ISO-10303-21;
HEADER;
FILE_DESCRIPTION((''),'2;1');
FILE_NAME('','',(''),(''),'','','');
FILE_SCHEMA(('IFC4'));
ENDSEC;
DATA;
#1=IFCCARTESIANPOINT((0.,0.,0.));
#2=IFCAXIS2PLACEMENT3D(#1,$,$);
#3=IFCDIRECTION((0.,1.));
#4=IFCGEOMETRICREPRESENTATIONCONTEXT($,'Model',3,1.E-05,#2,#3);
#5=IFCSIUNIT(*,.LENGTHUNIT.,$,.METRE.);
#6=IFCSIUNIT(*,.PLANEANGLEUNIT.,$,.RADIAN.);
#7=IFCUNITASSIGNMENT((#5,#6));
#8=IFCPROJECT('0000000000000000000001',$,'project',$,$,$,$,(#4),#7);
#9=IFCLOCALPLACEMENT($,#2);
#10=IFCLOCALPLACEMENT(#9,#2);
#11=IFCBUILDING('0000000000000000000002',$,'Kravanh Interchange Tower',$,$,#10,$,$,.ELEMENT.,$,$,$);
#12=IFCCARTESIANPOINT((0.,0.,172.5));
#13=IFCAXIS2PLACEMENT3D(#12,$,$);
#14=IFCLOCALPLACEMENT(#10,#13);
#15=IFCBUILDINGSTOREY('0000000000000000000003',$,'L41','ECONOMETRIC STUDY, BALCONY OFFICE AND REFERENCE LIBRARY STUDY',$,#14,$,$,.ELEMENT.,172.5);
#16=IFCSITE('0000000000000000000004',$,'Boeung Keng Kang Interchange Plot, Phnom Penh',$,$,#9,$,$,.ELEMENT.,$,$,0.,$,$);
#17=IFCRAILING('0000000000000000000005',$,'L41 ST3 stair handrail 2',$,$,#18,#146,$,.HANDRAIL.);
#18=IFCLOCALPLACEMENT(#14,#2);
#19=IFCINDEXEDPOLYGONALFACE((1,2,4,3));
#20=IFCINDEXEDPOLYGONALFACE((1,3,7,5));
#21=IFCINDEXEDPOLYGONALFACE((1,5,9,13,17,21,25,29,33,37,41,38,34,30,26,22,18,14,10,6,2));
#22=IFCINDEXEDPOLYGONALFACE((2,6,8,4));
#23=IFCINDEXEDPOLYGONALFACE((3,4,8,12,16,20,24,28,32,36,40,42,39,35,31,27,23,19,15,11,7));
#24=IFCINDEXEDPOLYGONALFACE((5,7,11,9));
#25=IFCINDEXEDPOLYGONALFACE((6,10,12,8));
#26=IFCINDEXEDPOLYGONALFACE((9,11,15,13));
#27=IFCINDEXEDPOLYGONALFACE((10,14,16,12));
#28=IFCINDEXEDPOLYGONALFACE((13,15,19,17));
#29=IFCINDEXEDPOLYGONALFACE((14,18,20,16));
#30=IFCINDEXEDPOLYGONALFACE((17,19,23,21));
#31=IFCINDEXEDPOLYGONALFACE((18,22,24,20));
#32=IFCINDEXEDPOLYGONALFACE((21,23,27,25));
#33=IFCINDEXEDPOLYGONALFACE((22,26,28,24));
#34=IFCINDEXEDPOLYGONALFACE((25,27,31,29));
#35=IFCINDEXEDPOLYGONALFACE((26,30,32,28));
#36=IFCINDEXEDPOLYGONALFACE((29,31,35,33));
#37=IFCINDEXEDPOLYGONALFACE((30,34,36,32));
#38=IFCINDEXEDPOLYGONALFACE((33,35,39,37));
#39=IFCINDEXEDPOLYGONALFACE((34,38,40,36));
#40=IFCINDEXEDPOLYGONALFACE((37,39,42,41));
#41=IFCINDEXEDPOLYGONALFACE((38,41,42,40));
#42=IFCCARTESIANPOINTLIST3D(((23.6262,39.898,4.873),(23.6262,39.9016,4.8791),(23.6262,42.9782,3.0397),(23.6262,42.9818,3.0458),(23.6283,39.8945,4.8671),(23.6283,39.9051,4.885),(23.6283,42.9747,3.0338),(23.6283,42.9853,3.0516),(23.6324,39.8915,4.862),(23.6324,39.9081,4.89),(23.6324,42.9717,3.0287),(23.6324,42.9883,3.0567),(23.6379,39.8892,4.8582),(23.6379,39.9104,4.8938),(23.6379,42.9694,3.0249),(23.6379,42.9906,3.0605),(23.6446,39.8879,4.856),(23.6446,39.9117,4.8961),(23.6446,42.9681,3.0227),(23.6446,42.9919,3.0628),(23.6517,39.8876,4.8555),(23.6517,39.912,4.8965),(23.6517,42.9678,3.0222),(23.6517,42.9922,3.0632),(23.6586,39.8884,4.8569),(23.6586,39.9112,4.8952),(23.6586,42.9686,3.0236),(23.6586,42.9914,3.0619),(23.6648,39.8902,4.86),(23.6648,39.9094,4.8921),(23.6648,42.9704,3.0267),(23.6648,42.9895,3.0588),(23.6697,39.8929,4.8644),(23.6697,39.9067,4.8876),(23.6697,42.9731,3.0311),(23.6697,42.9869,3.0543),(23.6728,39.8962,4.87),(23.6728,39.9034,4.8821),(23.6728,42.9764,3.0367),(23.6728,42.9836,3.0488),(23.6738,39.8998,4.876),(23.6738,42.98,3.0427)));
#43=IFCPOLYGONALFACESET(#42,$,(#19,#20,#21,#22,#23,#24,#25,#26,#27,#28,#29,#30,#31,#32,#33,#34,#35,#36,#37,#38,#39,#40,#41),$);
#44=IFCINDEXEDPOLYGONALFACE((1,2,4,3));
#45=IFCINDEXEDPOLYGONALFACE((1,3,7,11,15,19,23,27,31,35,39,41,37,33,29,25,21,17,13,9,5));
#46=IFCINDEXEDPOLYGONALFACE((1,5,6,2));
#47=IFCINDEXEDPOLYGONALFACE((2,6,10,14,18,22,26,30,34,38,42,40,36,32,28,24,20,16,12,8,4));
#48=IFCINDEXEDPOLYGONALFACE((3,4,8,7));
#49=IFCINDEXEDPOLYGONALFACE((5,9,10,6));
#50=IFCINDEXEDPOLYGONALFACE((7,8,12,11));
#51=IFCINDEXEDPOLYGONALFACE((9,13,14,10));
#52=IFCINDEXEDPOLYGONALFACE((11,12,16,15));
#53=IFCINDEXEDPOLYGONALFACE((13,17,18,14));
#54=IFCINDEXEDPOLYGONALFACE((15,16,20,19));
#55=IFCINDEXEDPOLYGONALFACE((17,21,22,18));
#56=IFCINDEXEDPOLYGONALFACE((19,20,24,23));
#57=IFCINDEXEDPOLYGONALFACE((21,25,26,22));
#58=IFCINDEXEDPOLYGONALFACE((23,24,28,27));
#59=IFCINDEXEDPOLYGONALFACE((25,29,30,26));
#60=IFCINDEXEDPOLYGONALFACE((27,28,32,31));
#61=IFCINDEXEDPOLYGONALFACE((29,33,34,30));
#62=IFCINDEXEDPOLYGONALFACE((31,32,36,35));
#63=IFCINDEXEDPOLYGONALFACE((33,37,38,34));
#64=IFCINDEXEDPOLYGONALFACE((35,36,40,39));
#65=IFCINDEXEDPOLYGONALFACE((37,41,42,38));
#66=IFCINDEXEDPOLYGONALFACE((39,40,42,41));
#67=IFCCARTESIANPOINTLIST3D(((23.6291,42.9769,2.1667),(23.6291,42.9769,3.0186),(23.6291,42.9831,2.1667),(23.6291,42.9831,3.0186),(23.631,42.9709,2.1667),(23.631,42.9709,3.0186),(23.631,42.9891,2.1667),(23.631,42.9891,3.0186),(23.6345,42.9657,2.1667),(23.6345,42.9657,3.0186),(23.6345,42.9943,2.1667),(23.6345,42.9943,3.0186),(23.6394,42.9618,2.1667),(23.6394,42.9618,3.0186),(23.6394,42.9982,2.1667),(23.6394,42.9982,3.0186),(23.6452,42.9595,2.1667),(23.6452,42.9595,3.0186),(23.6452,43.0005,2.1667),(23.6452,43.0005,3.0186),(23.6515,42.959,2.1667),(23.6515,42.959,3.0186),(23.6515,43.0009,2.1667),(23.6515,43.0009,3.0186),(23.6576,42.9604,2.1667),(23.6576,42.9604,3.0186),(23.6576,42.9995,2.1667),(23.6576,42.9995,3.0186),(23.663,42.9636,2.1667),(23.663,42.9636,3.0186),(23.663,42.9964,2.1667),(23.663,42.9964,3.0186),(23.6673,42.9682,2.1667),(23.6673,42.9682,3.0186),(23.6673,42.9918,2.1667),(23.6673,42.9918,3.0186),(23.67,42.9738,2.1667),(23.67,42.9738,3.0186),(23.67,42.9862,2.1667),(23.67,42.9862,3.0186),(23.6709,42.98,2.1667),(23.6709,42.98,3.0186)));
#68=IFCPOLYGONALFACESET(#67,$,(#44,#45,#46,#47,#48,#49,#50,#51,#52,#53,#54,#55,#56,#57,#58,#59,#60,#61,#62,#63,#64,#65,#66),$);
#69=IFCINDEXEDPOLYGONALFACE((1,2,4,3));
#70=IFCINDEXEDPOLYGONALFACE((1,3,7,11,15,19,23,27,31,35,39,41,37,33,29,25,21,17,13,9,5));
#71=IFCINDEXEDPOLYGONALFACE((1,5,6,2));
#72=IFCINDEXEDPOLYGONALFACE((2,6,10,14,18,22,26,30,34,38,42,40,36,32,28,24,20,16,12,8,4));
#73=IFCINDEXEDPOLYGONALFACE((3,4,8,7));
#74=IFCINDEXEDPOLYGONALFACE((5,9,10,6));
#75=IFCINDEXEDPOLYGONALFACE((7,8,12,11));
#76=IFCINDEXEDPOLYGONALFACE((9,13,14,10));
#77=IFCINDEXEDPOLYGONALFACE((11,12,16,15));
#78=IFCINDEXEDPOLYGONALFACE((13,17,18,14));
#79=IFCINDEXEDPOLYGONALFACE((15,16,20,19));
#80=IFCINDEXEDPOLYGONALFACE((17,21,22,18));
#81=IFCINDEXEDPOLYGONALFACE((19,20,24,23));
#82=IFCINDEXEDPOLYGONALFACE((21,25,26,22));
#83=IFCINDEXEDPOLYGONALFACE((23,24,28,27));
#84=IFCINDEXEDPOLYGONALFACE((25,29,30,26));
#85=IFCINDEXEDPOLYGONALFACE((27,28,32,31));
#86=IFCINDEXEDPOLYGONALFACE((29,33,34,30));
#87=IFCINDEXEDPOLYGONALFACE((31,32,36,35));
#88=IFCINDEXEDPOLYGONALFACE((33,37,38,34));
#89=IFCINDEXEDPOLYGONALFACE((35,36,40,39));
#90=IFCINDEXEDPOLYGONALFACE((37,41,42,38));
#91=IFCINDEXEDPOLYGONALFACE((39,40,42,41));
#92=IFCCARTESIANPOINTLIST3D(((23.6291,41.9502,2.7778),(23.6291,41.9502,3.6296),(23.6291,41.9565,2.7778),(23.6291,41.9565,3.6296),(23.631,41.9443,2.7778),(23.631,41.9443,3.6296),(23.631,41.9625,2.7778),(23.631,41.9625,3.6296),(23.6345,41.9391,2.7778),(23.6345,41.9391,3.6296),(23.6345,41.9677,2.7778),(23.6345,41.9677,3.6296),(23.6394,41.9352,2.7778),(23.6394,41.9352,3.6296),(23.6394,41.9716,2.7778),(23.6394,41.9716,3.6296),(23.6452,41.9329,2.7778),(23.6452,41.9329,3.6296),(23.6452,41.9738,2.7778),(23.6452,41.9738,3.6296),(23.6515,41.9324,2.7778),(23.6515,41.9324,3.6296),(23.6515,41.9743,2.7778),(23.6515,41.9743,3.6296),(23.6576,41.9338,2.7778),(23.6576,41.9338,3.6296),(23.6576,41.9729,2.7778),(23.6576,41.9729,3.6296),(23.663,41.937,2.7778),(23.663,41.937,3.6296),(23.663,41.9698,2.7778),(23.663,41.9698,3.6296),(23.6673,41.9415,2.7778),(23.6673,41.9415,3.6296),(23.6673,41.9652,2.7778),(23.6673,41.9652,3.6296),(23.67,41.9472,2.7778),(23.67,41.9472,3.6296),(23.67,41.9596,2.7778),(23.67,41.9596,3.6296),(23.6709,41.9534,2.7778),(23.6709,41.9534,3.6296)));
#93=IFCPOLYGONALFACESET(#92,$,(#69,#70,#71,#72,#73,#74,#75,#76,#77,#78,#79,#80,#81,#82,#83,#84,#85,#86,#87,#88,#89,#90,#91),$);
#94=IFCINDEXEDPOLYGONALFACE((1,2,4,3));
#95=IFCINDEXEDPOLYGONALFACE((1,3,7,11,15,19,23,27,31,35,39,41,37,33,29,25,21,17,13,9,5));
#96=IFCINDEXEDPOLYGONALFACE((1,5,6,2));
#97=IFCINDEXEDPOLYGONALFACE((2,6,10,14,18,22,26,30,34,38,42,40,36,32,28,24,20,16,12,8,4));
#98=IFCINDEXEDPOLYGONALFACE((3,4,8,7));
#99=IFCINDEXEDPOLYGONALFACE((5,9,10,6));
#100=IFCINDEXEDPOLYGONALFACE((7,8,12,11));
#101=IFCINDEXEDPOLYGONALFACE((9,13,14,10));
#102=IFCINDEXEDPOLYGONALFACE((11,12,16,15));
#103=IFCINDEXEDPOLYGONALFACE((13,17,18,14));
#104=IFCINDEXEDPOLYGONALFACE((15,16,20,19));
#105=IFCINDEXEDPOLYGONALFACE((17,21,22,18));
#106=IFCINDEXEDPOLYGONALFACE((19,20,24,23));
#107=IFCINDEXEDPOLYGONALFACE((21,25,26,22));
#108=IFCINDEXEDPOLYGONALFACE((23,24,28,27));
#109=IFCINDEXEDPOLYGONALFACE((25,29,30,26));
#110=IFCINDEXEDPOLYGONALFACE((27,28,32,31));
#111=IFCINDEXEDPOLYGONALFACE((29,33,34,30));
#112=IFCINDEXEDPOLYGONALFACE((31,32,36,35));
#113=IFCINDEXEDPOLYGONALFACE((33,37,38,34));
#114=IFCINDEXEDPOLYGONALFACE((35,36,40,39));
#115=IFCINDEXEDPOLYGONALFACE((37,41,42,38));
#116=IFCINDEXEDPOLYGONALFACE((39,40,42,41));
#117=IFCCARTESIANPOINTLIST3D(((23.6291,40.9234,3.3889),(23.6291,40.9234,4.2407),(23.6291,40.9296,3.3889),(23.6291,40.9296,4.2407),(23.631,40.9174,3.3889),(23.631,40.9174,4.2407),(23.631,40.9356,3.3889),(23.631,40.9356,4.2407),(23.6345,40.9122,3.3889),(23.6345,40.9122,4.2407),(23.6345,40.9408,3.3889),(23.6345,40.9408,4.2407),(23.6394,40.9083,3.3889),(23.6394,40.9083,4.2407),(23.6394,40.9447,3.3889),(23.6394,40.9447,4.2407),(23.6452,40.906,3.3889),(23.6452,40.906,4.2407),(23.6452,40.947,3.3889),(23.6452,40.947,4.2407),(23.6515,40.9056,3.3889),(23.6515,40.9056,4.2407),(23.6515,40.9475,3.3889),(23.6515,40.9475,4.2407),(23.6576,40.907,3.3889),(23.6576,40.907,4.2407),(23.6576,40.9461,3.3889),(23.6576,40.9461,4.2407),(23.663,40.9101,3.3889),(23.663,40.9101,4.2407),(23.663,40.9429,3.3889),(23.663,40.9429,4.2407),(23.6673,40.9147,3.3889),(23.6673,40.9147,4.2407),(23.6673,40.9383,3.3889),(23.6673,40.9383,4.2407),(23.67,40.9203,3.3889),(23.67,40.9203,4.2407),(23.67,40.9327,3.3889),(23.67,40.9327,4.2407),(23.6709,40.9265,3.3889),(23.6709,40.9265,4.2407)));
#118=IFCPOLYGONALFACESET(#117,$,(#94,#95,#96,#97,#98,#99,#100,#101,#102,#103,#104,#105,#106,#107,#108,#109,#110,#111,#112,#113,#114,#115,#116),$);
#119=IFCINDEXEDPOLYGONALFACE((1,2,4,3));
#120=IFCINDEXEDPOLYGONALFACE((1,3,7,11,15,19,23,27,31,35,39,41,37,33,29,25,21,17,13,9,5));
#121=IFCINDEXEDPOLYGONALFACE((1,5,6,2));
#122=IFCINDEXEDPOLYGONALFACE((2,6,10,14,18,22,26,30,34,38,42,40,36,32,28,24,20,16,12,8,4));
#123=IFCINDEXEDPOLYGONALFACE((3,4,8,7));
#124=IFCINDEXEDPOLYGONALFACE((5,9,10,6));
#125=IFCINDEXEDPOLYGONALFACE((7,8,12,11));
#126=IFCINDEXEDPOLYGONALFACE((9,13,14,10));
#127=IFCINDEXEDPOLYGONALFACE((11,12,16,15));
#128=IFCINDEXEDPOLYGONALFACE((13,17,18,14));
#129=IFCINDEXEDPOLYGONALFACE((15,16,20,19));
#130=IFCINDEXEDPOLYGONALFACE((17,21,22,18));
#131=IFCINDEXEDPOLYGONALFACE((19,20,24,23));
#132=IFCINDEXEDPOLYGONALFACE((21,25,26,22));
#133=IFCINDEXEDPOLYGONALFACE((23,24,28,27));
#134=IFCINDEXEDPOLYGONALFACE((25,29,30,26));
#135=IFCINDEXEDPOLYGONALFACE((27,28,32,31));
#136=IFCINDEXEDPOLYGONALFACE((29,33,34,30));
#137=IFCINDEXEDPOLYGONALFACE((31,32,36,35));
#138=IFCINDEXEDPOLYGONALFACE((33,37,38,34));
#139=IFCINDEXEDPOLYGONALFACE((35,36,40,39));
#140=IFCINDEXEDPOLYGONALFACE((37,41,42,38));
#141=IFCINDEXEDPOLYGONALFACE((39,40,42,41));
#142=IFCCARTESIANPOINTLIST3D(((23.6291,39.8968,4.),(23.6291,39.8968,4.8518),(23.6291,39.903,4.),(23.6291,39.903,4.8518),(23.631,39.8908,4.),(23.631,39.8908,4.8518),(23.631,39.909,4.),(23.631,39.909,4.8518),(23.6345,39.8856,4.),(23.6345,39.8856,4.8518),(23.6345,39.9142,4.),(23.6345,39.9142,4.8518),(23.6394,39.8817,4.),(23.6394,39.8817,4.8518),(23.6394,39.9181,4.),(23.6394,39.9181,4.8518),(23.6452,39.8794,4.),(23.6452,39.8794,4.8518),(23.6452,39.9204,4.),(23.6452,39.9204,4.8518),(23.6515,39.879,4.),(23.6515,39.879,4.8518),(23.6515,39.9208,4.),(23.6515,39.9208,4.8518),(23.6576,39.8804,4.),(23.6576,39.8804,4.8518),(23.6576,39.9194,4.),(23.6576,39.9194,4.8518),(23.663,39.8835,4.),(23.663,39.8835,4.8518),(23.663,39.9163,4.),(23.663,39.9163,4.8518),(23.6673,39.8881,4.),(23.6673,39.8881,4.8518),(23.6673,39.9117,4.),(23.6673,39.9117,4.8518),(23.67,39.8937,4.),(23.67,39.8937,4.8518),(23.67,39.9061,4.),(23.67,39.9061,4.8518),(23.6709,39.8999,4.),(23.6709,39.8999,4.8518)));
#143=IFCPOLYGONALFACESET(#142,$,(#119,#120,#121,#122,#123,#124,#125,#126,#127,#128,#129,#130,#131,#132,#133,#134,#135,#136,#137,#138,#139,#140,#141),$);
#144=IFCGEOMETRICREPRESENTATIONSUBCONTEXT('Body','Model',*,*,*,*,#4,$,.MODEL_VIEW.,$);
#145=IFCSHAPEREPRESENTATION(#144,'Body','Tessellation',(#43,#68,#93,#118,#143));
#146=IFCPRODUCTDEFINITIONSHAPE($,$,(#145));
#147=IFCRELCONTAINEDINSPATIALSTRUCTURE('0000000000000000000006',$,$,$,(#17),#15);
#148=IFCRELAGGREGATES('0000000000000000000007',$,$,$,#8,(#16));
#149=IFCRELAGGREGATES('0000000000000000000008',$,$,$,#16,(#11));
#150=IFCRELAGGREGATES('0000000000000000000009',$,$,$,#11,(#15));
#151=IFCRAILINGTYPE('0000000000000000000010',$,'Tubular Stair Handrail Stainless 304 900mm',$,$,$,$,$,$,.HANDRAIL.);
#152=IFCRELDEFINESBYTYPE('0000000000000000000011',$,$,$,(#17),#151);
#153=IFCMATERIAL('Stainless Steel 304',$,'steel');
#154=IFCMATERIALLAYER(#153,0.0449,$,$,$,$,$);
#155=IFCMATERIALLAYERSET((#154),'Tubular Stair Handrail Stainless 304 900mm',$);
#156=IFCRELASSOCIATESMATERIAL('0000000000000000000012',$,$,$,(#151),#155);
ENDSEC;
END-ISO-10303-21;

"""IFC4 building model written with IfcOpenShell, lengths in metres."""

from ifc_helpers import new_model, si_unit, direction, frame, origin, origin_2d, place, context, subcontext, project, spatial, circle, extrude, material, layer, layer_set, type_object, element, save


model = new_model("IFC4")

# Units and contexts
model_context = context("Model", 3, precision=1e-05, world=origin(), true_north=direction((0.0, 1.0)))
body_context = subcontext(model_context, "Body", "Model", "MODEL_VIEW")
ifc_project = project(units=[si_unit("LENGTHUNIT", "METRE"), si_unit("PLANEANGLEUNIT", "RADIAN")], contexts=[model_context])

# Site, building, storey
site_placement = place(None, origin())
site = spatial("IfcSite", under=ifc_project, at=site_placement, Name="Boeung Keng Kang Interchange Plot, Phnom Penh", CompositionType="ELEMENT", RefElevation=0.0)
building_placement = place(site_placement, origin())
building = spatial("IfcBuilding", under=site, at=building_placement, Name="Kravanh Interchange Tower", CompositionType="ELEMENT")
storey_placement = place(building_placement, frame((0.0, 0.0, 172.5)))
storey = spatial("IfcBuildingStorey", under=building, at=storey_placement, Name="L41", Description="ECONOMETRIC STUDY, BALCONY OFFICE AND REFERENCE LIBRARY STUDY", CompositionType="ELEMENT", Elevation=172.5)

# Railing
ifc_material_1 = material(Name="Stainless Steel 304", Category="steel")
ifc_layer_1 = layer(ifc_material_1, 0.0449)
ifc_layer_set_1 = layer_set([ifc_layer_1], Name="Tubular Stair Handrail Stainless 304 900mm")
railing_type_1 = type_object("IfcRailingType", Name="Tubular Stair Handrail Stainless 304 900mm", PredefinedType="HANDRAIL", material=ifc_layer_set_1)
railing_1_placement = place(storey_placement, frame((23.6499, 42.98, 2.1667)))
element("IfcRailing", 1, at=railing_1_placement, inside=storey, type_object=railing_type_1, Name="L41 ST3 stair handrail 2", PredefinedType="HANDRAIL", context=body_context, shape_type="SweptSolid", body=[
    extrude(circle(Radius=0.0239, at=origin_2d()), frame((0.0, 0.0, 0.876), z_axis=(0.0, -0.859309, 0.511458), x_axis=(1.0, 0.0, 0.0)), (0.0, 0.0, 1.0), 3.5845),
    extrude(circle(Radius=0.021, at=origin_2d()), origin(), (0.0, 0.0, 1.0), 0.8518),
    extrude(circle(Radius=0.021, at=origin_2d()), frame((0.0, -1.0266, 0.6111)), (0.0, 0.0, 1.0), 0.8518),
    extrude(circle(Radius=0.021, at=origin_2d()), frame((0.0, -2.0535, 1.2222)), (0.0, 0.0, 1.0), 0.8518),
    extrude(circle(Radius=0.021, at=origin_2d()), frame((0.0, -3.0801, 1.8333)), (0.0, 0.0, 1.0), 0.8518),
])

save(model, "model.ifc")
